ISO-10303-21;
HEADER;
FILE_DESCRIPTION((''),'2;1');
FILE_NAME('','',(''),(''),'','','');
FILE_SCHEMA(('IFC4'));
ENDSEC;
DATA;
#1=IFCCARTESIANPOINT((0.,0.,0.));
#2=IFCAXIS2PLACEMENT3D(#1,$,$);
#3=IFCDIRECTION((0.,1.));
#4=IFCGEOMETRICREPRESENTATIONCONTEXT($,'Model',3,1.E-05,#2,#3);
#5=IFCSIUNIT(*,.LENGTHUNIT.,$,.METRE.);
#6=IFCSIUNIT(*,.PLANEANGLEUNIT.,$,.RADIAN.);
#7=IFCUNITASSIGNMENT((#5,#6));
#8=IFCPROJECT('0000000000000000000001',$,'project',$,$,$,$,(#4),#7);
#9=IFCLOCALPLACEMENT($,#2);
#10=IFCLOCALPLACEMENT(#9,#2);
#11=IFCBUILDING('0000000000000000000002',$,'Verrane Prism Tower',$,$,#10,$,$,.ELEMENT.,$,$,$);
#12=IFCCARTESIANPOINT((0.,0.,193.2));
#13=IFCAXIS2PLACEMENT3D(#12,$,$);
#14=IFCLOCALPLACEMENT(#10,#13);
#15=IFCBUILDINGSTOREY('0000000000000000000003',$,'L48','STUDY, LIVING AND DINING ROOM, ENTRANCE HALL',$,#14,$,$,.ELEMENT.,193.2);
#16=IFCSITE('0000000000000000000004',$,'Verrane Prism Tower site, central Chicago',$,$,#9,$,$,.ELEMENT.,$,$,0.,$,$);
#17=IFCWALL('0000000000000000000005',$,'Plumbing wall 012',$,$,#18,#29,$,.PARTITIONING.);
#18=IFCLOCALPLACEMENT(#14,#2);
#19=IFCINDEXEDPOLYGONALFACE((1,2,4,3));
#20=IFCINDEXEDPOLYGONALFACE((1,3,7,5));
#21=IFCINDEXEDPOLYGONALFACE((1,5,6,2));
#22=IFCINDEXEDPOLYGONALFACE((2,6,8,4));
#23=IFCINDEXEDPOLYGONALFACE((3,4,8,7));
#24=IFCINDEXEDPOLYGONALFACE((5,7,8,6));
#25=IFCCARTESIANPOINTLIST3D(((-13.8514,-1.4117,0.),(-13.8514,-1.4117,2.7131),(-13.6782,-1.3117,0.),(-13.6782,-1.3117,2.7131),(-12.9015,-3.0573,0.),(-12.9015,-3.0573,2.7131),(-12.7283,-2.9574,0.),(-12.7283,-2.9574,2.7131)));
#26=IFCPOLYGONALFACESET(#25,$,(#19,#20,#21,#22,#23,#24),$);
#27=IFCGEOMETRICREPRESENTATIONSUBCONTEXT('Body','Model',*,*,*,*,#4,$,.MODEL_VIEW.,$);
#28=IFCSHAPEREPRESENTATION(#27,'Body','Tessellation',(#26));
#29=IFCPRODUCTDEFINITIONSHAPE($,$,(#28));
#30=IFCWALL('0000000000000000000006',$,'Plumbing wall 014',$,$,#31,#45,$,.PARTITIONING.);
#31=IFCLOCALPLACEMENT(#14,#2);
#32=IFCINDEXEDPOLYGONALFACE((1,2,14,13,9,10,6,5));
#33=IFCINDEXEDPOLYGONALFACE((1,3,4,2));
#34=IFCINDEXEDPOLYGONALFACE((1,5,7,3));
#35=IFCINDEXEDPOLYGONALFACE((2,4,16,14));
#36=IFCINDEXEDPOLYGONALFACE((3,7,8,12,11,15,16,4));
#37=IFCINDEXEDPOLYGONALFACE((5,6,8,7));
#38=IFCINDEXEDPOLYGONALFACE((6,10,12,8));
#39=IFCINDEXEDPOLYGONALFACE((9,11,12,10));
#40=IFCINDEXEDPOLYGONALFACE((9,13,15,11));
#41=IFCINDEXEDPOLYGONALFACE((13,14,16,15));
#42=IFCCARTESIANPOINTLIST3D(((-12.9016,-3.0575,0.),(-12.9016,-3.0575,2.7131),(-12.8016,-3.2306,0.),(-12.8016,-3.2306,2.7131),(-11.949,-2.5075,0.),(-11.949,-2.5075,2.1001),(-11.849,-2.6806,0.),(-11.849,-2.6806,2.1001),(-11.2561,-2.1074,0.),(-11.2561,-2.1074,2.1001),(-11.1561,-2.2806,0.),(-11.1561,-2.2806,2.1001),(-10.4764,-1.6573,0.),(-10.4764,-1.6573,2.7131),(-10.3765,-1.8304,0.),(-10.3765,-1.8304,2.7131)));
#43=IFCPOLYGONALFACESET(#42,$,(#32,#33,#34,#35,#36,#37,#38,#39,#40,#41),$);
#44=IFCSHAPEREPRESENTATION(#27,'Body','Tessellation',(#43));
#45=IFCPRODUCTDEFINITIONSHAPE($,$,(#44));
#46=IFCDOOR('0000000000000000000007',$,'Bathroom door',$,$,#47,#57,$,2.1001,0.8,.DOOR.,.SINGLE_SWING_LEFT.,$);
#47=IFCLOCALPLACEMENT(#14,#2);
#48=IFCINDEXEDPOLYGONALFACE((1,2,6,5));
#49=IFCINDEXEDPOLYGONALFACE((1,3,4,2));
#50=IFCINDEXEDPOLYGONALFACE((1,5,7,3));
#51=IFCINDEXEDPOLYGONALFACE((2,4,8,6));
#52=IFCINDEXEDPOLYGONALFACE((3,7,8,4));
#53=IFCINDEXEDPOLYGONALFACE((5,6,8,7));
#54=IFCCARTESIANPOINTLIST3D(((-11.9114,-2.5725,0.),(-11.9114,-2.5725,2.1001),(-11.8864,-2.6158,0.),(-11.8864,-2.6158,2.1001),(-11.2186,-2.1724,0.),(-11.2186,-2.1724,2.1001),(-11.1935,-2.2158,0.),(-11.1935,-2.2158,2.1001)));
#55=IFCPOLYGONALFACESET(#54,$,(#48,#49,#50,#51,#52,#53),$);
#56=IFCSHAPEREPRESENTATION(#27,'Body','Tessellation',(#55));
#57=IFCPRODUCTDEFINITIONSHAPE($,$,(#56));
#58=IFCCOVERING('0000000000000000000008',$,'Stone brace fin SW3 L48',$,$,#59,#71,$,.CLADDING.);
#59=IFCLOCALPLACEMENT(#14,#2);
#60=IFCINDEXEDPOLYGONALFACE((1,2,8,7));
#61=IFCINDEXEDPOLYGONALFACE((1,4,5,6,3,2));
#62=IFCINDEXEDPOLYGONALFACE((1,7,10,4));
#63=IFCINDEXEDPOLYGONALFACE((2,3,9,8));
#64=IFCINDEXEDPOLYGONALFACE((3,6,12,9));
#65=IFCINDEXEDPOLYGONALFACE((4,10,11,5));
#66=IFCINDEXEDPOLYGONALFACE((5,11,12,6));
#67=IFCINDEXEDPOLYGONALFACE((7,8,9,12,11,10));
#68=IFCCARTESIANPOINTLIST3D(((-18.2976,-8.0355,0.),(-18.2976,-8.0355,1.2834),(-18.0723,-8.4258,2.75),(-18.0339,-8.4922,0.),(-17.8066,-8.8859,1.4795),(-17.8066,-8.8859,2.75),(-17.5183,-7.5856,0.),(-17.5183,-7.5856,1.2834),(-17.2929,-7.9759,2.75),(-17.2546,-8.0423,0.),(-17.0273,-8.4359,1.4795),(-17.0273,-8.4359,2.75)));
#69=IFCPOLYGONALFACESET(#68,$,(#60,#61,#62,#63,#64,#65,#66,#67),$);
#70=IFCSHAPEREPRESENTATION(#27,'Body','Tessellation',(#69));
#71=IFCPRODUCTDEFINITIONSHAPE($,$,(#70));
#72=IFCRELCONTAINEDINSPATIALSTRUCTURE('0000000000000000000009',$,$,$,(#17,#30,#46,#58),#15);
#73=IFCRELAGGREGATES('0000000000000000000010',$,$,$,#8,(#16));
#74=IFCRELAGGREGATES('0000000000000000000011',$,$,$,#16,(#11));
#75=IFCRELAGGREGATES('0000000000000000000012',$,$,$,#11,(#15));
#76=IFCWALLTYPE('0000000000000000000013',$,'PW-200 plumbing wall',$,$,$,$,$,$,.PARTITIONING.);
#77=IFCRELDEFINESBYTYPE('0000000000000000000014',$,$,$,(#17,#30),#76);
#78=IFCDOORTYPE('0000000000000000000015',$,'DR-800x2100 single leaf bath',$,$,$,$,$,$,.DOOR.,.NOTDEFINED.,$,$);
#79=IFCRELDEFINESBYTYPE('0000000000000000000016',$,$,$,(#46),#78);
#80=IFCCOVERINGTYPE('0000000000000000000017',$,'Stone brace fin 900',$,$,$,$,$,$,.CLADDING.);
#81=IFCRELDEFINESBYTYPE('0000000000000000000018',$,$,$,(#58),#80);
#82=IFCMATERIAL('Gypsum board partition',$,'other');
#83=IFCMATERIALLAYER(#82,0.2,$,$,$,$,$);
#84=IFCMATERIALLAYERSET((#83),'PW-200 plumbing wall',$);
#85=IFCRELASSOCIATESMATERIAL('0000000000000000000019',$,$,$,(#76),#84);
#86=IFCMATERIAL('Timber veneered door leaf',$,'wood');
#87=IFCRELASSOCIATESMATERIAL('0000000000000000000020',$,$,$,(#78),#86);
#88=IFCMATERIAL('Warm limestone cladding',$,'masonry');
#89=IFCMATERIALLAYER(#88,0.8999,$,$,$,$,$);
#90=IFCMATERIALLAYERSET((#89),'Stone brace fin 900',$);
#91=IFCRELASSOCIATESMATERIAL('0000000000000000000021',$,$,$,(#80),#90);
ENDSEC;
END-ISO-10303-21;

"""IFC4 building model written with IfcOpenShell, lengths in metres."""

from ifc_helpers import new_model, si_unit, direction, frame, frame_2d, origin, place, context, subcontext, project, spatial, polyline, rectangle, outline, extrude, material, layer, layer_set, type_object, element, fill, save


model = new_model("IFC4")

# Units and contexts
model_context = context("Model", 3, precision=1e-05, world=origin(), true_north=direction((0.0, 1.0)))
body_context = subcontext(model_context, "Body", "Model", "MODEL_VIEW")
ifc_project = project(units=[si_unit("LENGTHUNIT", "METRE"), si_unit("PLANEANGLEUNIT", "RADIAN")], contexts=[model_context])

# Site, building, storey
site_placement = place(None, origin())
site = spatial("IfcSite", under=ifc_project, at=site_placement, Name="Verrane Prism Tower site, central Chicago", CompositionType="ELEMENT", RefElevation=0.0)
building_placement = place(site_placement, origin())
building = spatial("IfcBuilding", under=site, at=building_placement, Name="Verrane Prism Tower", CompositionType="ELEMENT")
storey_placement = place(building_placement, frame((0.0, 0.0, 193.2)))
storey = spatial("IfcBuildingStorey", under=building, at=storey_placement, Name="L48", Description="STUDY, LIVING AND DINING ROOM, ENTRANCE HALL", CompositionType="ELEMENT", Elevation=193.2)

# Shared definitions
ifc_material_1 = material(Name="Gypsum board partition", Category="other")
ifc_layer_1 = layer(ifc_material_1, 0.2)
ifc_layer_set_1 = layer_set([ifc_layer_1], Name="PW-200 plumbing wall")
wall_type_1 = type_object("IfcWallType", Name="PW-200 plumbing wall", PredefinedType="PARTITIONING", material=ifc_layer_set_1)

# Shared definitions
ifc_material_2 = material(Name="Timber veneered door leaf", Category="wood")
door_type = type_object("IfcDoorType", Name="DR-800x2100 single leaf bath", OperationType="NOTDEFINED", PredefinedType="DOOR", material=ifc_material_2)

# Wall
wall_1_placement = place(storey_placement, frame((-13.7649, -1.3616, 0.0), z_axis=(0.0, 0.0, 1.0), x_axis=(0.499912, -0.866076, 0.0)))
element("IfcWall", 1, at=wall_1_placement, inside=storey, type_object=wall_type_1, Name="Plumbing wall 012", PredefinedType="PARTITIONING", context=body_context, shape_type="SweptSolid", body=[
    extrude(rectangle(XDim=1.9001, YDim=0.2, at=frame_2d((0.9502, 0.0))), origin(), (0.0, 0.0, 1.0), 2.7131),
])

# Wall, opening, door
wall_2_placement = place(storey_placement, frame((-12.8516, -3.144, 0.0), z_axis=(0.0, 0.0, 1.0), x_axis=(0.866019, 0.500012, 0.0)))
wall_2 = element("IfcWall", 2, at=wall_2_placement, inside=storey, type_object=wall_type_1, Name="Plumbing wall 014", PredefinedType="PARTITIONING", context=body_context, shape_type="SweptSolid", body=[
    extrude(rectangle(XDim=2.8003, YDim=0.2, at=frame_2d((1.4001, 0.0))), origin(), (0.0, 0.0, 1.0), 2.7131),
])
opening_1_placement = place(wall_2_placement, frame((1.1001, 0.0, 0.0)))
opening_1 = element("IfcOpeningElement", 3, at=opening_1_placement, cuts=wall_2, PredefinedType="OPENING", context=body_context, shape_type="SweptSolid", body=[
    extrude(rectangle(XDim=0.8, YDim=2.1001, at=frame_2d((0.3999, 1.05))), frame((0.0, 0.1099, 0.0), z_axis=(0.0, -1.0, 0.0), x_axis=(1.0, 0.0, 0.0)), (0.0, 0.0, 1.0), 0.22),
])
door_1_placement = place(opening_1_placement, origin())
door_1 = element("IfcDoor", 4, at=door_1_placement, inside=storey, type_object=door_type, Name="Bathroom door", OperationType="SINGLE_SWING_LEFT", OverallHeight=2.1001, OverallWidth=0.8, PredefinedType="DOOR", context=body_context, shape_type="SweptSolid", body=[
    extrude(rectangle(XDim=0.8, YDim=2.1001, at=frame_2d((0.3999, 1.05))), frame((0.0, 0.0249, 0.0), z_axis=(0.0, -1.0, 0.0), x_axis=(1.0, 0.0, 0.0)), (0.0, 0.0, 1.0), 0.05),
])
fill(opening_1, door_1)

# Covering
ifc_material_3 = material(Name="Warm limestone cladding", Category="masonry")
ifc_layer_2 = layer(ifc_material_3, 0.8999)
ifc_layer_set_2 = layer_set([ifc_layer_2], Name="Stone brace fin 900")
covering_type = type_object("IfcCoveringType", Name="Stone brace fin 900", PredefinedType="CLADDING", material=ifc_layer_set_2)
covering_placement = place(storey_placement, frame((-17.908, -7.8105, 0.0), z_axis=(0.0, 0.0, 1.0), x_axis=(0.500017, -0.866016, 0.0)))
element("IfcCovering", 5, at=covering_placement, inside=storey, type_object=covering_type, Name="Stone brace fin SW3 L48", PredefinedType="CLADDING", context=body_context, shape_type="SweptSolid", body=[
    extrude(outline(polyline([(0.9819, 2.75), (0.4507, 2.75), (0.0, 1.2834), (0.0, 0.0), (0.5273, 0.0), (0.9819, 1.4795), (0.9819, 2.75)])), frame((0.0, 0.45, 0.0), z_axis=(0.0, -1.0, 0.0), x_axis=(1.0, 0.0, 0.0)), (0.0, 0.0, 1.0), 0.8999),
])

save(model, "model.ifc")
